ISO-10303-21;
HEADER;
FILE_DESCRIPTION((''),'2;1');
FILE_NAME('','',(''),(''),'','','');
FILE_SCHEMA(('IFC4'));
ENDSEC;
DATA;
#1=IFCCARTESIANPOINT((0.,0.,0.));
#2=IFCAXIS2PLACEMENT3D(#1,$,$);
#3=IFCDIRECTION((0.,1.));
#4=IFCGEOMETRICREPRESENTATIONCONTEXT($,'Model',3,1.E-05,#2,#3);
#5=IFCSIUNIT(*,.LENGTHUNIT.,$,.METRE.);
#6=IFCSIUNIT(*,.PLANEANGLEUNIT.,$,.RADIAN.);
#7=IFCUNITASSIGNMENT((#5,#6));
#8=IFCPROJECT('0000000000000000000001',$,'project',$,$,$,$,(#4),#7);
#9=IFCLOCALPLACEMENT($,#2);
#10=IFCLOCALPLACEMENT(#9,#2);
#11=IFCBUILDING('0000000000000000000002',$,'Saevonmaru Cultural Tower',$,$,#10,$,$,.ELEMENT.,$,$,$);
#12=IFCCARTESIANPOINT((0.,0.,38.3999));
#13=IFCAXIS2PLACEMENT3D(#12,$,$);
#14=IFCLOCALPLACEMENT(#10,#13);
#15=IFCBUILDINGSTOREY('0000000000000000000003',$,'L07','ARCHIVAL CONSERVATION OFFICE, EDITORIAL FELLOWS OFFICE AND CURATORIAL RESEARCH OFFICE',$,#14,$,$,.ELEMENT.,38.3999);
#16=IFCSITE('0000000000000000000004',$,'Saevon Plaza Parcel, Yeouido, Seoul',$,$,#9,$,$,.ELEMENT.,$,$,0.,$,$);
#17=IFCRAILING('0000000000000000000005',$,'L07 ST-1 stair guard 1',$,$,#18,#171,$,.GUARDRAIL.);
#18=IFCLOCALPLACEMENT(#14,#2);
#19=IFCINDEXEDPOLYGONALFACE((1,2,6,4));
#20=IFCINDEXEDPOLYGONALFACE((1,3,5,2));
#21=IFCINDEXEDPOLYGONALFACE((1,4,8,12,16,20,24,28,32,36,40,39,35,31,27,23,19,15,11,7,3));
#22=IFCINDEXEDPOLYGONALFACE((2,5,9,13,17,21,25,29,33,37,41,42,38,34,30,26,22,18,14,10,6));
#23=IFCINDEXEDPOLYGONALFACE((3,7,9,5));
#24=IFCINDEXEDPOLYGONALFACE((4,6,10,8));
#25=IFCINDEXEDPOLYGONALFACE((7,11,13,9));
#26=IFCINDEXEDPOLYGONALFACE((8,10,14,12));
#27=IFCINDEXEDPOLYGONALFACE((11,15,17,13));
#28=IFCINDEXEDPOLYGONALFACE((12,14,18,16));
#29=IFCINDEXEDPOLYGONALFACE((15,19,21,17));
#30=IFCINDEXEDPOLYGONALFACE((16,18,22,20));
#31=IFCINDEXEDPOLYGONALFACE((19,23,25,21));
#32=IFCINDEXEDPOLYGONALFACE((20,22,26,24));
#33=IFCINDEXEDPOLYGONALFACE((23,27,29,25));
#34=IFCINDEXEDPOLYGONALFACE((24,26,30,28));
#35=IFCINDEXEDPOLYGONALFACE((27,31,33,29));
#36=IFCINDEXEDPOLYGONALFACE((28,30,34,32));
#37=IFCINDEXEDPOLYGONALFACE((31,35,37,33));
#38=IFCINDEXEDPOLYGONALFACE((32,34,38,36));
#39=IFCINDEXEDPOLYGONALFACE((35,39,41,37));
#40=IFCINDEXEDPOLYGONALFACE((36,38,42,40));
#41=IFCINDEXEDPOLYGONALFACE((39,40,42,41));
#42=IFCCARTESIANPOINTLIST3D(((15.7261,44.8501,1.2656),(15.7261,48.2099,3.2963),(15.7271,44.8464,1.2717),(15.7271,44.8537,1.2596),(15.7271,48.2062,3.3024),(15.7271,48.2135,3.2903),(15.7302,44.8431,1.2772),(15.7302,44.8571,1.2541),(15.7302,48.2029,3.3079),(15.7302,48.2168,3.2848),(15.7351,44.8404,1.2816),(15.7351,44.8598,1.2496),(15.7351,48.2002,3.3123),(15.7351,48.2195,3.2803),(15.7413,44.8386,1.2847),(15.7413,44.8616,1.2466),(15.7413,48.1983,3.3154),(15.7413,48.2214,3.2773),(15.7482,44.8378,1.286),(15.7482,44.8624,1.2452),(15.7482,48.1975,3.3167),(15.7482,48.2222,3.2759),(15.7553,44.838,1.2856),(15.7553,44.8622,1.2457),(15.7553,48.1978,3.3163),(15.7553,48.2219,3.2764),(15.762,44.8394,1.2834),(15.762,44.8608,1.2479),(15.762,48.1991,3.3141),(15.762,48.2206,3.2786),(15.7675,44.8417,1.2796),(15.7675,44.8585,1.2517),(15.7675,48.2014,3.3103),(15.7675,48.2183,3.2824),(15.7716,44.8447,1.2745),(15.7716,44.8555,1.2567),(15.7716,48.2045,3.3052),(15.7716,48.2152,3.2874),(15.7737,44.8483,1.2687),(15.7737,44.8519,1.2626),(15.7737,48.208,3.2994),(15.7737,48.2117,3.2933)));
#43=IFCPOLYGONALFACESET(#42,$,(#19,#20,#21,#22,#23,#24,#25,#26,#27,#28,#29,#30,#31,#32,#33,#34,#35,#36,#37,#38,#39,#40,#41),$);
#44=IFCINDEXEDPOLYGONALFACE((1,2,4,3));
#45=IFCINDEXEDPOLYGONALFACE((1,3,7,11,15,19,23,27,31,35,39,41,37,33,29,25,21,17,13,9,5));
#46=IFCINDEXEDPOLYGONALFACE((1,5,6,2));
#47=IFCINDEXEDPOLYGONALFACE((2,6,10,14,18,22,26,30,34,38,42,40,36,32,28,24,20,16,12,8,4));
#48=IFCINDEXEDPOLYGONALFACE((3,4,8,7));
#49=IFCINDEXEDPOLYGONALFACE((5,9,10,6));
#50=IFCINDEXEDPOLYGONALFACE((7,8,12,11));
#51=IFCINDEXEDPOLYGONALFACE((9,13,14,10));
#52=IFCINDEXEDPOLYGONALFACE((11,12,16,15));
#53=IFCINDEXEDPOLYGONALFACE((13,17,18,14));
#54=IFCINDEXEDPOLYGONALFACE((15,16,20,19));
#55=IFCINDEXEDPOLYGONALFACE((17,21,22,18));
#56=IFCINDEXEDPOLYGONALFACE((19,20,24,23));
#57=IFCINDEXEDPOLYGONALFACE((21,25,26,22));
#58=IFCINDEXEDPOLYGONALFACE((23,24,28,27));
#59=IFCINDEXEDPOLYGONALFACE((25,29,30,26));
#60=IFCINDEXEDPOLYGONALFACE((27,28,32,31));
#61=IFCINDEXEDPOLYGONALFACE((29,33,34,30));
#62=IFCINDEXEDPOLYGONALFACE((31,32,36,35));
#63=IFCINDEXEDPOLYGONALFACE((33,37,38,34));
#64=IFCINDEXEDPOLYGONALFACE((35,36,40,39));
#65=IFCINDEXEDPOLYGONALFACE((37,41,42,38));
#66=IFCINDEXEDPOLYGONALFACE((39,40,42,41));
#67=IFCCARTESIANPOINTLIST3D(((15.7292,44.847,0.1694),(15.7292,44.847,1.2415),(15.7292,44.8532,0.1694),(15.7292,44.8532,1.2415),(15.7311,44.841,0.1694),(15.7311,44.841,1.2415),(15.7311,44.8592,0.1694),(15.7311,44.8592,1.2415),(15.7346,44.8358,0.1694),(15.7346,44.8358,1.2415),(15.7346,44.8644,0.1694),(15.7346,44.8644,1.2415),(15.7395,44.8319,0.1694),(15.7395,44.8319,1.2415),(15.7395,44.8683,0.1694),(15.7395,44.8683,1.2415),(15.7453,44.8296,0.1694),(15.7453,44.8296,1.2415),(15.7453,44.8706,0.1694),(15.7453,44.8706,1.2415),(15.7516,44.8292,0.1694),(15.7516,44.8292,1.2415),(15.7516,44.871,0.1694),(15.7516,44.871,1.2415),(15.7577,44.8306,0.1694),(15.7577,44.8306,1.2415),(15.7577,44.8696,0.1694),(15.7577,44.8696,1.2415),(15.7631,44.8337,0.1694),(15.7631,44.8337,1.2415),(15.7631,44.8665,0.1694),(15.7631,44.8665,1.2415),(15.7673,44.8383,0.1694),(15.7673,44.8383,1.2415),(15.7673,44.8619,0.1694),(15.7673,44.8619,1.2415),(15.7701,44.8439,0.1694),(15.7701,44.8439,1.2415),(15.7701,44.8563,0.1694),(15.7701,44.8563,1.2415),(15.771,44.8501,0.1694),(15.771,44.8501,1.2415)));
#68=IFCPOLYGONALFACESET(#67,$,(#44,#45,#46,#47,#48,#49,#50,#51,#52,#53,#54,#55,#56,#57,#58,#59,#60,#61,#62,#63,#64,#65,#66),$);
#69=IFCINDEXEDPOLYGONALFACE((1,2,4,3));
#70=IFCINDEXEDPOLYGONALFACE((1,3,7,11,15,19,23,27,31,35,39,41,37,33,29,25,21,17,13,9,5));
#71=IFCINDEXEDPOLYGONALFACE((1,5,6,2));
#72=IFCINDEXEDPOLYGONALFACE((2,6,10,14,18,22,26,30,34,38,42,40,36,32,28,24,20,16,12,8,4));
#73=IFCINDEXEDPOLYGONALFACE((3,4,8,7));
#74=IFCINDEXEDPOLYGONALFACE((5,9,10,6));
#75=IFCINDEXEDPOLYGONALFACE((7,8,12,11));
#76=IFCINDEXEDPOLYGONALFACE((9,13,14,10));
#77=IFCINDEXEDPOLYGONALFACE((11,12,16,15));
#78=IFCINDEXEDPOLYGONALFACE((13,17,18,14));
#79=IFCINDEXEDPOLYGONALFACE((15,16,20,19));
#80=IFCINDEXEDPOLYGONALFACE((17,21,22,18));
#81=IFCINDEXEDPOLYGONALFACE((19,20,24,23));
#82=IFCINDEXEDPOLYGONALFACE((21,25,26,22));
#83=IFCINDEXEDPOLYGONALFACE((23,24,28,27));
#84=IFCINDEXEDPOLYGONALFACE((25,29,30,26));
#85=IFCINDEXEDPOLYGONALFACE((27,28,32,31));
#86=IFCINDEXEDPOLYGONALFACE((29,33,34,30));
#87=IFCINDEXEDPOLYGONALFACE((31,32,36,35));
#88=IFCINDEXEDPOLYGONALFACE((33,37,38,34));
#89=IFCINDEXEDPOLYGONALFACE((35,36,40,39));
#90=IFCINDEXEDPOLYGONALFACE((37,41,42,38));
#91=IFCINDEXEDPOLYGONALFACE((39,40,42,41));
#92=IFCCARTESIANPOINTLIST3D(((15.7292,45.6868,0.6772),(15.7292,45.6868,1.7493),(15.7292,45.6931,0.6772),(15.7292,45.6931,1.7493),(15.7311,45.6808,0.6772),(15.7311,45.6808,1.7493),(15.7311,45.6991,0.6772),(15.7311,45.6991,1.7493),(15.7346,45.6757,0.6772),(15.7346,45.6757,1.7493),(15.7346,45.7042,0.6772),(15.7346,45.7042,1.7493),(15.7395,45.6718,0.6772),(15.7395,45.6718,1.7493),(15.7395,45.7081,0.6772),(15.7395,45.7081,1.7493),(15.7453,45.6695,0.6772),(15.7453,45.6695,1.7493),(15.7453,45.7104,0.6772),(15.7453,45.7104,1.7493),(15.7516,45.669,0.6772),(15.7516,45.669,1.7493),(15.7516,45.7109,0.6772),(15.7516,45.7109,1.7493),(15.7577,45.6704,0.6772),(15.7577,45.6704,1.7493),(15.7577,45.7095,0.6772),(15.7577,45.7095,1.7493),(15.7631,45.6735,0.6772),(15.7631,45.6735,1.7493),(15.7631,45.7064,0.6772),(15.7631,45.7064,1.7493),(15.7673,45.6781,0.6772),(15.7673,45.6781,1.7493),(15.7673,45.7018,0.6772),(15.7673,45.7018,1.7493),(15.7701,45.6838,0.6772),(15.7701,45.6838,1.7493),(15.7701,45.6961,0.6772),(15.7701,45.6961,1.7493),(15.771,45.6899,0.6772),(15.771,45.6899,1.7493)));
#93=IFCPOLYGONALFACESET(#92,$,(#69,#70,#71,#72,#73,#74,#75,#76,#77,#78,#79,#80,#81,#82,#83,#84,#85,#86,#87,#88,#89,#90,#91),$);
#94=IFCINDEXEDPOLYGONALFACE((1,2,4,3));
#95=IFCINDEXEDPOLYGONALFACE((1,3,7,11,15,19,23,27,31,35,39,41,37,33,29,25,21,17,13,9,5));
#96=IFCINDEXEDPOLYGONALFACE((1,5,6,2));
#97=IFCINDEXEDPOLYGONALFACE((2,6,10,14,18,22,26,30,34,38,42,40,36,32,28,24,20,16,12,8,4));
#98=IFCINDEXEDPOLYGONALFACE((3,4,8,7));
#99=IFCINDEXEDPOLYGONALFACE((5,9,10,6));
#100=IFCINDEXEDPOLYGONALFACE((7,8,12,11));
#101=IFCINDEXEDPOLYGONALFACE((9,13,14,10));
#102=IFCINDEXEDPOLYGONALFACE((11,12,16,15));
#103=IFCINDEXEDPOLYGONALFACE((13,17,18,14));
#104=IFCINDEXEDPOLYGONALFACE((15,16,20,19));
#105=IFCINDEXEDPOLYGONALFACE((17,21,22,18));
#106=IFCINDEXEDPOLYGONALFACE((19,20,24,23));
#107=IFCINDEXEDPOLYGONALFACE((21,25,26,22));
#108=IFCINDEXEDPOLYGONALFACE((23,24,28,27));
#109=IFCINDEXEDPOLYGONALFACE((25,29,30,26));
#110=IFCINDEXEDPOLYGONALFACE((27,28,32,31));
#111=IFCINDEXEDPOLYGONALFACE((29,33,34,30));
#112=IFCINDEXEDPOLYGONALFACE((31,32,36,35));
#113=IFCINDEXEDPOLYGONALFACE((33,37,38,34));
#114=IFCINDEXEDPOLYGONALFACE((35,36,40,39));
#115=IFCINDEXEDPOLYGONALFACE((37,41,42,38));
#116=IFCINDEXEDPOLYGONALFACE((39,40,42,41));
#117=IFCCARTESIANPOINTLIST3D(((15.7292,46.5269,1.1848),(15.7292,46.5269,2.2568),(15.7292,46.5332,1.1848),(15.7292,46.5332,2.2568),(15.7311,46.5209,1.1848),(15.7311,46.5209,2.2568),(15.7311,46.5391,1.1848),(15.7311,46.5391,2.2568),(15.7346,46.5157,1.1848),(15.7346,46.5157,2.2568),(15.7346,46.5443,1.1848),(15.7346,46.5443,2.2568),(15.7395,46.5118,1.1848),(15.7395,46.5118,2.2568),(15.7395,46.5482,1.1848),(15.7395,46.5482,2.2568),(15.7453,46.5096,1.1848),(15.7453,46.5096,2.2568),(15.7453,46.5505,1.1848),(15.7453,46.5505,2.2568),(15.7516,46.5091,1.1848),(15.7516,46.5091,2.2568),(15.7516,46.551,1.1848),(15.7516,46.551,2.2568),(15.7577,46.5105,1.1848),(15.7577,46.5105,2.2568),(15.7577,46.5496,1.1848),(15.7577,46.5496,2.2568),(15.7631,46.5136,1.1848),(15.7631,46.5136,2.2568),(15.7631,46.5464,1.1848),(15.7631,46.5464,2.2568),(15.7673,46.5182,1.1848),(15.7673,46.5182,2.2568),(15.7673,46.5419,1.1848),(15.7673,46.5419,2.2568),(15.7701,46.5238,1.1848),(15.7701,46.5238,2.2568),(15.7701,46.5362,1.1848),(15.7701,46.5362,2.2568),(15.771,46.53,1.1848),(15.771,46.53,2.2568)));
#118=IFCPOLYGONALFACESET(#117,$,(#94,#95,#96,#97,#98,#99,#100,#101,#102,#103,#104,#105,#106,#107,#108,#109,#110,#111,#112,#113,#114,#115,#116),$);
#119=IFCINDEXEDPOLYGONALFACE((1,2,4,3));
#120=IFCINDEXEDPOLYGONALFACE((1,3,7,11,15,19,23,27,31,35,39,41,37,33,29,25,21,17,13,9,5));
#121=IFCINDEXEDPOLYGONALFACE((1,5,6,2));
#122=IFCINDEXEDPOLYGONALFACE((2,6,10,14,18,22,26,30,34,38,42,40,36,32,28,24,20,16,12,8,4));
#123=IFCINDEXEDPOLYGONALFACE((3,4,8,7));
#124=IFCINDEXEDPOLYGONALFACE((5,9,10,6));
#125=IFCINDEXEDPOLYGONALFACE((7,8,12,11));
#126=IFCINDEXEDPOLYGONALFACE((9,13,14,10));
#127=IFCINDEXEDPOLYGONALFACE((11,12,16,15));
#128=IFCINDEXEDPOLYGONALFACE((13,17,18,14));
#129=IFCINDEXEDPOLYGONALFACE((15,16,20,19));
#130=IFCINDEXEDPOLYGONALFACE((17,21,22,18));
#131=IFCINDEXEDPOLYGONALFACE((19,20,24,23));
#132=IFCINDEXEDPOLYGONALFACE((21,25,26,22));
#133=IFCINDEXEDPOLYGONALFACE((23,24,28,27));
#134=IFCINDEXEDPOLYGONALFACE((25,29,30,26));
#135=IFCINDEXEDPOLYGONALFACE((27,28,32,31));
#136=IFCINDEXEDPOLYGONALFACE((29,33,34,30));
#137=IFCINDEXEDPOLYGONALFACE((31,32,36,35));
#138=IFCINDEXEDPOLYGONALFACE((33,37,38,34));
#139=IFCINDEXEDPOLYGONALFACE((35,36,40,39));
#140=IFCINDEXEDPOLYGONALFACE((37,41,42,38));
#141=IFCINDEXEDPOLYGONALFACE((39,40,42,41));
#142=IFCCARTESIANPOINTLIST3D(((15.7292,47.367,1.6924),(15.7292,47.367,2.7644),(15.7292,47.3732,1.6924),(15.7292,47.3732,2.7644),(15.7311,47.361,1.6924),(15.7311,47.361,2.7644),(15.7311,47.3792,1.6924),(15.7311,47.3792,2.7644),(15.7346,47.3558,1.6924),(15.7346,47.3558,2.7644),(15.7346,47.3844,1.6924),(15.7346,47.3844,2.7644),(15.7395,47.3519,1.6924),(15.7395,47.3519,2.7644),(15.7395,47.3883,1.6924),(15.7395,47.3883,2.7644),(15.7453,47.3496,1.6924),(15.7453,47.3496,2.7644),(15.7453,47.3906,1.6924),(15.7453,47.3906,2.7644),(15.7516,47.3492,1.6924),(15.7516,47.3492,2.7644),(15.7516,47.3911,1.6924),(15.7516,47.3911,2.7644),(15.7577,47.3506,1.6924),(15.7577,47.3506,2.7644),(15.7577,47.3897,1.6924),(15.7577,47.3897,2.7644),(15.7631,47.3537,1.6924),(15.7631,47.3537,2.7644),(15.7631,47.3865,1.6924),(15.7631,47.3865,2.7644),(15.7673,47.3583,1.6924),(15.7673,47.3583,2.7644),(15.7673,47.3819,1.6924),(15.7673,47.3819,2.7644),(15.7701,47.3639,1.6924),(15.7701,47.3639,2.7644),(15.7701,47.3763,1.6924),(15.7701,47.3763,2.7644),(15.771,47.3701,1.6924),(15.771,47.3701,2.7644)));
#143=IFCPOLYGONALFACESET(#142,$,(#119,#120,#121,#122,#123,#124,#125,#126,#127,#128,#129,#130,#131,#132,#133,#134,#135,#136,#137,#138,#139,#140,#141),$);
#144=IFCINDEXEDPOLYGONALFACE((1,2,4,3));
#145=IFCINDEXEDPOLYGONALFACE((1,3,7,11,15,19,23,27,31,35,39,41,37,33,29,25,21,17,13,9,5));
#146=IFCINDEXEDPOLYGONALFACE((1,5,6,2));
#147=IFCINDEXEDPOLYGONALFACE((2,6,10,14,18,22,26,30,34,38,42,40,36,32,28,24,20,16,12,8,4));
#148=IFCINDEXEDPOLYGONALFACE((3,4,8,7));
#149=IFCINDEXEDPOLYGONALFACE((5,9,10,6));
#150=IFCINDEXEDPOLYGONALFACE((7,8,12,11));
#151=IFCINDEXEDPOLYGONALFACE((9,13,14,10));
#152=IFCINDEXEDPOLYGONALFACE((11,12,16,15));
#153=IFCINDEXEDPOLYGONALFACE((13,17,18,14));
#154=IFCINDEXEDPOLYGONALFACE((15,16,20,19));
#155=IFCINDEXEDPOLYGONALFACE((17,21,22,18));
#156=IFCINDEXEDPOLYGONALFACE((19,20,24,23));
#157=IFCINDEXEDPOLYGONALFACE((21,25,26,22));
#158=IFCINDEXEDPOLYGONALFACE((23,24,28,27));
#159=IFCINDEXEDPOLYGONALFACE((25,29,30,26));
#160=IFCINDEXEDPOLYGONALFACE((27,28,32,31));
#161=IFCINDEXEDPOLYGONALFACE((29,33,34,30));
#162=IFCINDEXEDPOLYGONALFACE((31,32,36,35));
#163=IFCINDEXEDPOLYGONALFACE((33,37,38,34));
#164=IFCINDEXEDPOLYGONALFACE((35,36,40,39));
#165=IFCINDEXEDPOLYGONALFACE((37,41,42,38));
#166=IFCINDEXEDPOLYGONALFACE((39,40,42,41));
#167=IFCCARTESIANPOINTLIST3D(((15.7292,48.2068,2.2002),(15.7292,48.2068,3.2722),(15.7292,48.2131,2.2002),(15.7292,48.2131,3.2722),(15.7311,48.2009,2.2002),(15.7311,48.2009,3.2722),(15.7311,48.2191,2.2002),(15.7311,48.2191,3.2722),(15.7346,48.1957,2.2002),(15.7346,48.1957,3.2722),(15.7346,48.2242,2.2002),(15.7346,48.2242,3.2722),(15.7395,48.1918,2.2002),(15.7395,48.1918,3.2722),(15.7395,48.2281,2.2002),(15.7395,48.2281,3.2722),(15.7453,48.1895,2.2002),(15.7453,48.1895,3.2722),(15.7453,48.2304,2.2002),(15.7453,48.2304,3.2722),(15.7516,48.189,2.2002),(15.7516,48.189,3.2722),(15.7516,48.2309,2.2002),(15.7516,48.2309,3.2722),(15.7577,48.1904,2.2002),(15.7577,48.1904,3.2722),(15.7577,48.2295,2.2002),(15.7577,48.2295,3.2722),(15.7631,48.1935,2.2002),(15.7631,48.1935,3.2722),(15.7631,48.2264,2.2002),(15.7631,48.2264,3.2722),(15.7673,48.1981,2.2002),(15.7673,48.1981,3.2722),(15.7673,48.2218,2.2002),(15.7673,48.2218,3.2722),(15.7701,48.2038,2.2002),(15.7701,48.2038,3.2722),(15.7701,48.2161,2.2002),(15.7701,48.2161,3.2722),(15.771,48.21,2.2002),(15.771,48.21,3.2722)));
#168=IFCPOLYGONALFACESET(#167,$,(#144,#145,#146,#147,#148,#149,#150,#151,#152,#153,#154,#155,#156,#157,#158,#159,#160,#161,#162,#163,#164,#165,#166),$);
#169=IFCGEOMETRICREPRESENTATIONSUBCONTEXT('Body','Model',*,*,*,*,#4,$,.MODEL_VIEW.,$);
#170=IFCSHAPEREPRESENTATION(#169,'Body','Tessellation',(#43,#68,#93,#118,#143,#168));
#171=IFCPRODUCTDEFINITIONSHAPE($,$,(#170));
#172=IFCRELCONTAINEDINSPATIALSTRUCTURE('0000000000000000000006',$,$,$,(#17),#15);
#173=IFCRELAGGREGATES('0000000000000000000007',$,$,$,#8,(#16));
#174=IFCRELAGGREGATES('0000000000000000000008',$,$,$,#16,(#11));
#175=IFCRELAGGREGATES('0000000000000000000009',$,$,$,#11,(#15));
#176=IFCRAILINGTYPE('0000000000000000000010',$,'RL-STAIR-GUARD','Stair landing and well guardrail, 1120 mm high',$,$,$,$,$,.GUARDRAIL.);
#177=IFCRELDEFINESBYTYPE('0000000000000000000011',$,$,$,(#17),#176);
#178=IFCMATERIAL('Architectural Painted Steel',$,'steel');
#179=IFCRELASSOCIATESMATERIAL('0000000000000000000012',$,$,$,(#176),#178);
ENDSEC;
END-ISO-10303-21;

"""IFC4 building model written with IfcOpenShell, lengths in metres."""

from ifc_helpers import new_model, si_unit, direction, frame, origin, origin_2d, place, context, subcontext, project, spatial, circle, extrude, material, type_object, element, save


model = new_model("IFC4")

# Units and contexts
model_context = context("Model", 3, precision=1e-05, world=origin(), true_north=direction((0.0, 1.0)))
body_context = subcontext(model_context, "Body", "Model", "MODEL_VIEW")
ifc_project = project(units=[si_unit("LENGTHUNIT", "METRE"), si_unit("PLANEANGLEUNIT", "RADIAN")], contexts=[model_context])

# Site, building, storey
site_placement = place(None, origin())
site = spatial("IfcSite", under=ifc_project, at=site_placement, Name="Saevon Plaza Parcel, Yeouido, Seoul", CompositionType="ELEMENT", RefElevation=0.0)
building_placement = place(site_placement, origin())
building = spatial("IfcBuilding", under=site, at=building_placement, Name="Saevonmaru Cultural Tower", CompositionType="ELEMENT")
storey_placement = place(building_placement, frame((0.0, 0.0, 38.3999)))
storey = spatial("IfcBuildingStorey", under=building, at=storey_placement, Name="L07", Description="ARCHIVAL CONSERVATION OFFICE, EDITORIAL FELLOWS OFFICE AND CURATORIAL RESEARCH OFFICE", CompositionType="ELEMENT", Elevation=38.3999)

# Railing
ifc_material_1 = material(Name="Architectural Painted Steel", Category="steel")
railing_type_1 = type_object("IfcRailingType", Name="RL-STAIR-GUARD", Description="Stair landing and well guardrail, 1120 mm high", PredefinedType="GUARDRAIL", material=ifc_material_1)
railing_1_placement = place(storey_placement, frame((15.75, 44.8501, 0.1694)))
element("IfcRailing", 1, at=railing_1_placement, inside=storey, type_object=railing_type_1, Name="L07 ST-1 stair guard 1", PredefinedType="GUARDRAIL", context=body_context, shape_type="SweptSolid", body=[
    extrude(circle(Radius=0.0239, at=origin_2d()), frame((0.0, 0.0, 1.0962), z_axis=(0.0, 0.85582, 0.517273), x_axis=(-1.0, 0.0, 0.0)), (0.0, 0.0, 1.0), 3.9258),
    extrude(circle(Radius=0.021, at=origin_2d()), origin(), (0.0, 0.0, 1.0), 1.072),
    extrude(circle(Radius=0.021, at=origin_2d()), frame((0.0, 0.8398, 0.5078)), (0.0, 0.0, 1.0), 1.072),
    extrude(circle(Radius=0.021, at=origin_2d()), frame((0.0, 1.6799, 1.0154)), (0.0, 0.0, 1.0), 1.072),
    extrude(circle(Radius=0.021, at=origin_2d()), frame((0.0, 2.52, 1.5229)), (0.0, 0.0, 1.0), 1.072),
    extrude(circle(Radius=0.021, at=origin_2d()), frame((0.0, 3.3599, 2.0308)), (0.0, 0.0, 1.0), 1.072),
])

save(model, "model.ifc")
